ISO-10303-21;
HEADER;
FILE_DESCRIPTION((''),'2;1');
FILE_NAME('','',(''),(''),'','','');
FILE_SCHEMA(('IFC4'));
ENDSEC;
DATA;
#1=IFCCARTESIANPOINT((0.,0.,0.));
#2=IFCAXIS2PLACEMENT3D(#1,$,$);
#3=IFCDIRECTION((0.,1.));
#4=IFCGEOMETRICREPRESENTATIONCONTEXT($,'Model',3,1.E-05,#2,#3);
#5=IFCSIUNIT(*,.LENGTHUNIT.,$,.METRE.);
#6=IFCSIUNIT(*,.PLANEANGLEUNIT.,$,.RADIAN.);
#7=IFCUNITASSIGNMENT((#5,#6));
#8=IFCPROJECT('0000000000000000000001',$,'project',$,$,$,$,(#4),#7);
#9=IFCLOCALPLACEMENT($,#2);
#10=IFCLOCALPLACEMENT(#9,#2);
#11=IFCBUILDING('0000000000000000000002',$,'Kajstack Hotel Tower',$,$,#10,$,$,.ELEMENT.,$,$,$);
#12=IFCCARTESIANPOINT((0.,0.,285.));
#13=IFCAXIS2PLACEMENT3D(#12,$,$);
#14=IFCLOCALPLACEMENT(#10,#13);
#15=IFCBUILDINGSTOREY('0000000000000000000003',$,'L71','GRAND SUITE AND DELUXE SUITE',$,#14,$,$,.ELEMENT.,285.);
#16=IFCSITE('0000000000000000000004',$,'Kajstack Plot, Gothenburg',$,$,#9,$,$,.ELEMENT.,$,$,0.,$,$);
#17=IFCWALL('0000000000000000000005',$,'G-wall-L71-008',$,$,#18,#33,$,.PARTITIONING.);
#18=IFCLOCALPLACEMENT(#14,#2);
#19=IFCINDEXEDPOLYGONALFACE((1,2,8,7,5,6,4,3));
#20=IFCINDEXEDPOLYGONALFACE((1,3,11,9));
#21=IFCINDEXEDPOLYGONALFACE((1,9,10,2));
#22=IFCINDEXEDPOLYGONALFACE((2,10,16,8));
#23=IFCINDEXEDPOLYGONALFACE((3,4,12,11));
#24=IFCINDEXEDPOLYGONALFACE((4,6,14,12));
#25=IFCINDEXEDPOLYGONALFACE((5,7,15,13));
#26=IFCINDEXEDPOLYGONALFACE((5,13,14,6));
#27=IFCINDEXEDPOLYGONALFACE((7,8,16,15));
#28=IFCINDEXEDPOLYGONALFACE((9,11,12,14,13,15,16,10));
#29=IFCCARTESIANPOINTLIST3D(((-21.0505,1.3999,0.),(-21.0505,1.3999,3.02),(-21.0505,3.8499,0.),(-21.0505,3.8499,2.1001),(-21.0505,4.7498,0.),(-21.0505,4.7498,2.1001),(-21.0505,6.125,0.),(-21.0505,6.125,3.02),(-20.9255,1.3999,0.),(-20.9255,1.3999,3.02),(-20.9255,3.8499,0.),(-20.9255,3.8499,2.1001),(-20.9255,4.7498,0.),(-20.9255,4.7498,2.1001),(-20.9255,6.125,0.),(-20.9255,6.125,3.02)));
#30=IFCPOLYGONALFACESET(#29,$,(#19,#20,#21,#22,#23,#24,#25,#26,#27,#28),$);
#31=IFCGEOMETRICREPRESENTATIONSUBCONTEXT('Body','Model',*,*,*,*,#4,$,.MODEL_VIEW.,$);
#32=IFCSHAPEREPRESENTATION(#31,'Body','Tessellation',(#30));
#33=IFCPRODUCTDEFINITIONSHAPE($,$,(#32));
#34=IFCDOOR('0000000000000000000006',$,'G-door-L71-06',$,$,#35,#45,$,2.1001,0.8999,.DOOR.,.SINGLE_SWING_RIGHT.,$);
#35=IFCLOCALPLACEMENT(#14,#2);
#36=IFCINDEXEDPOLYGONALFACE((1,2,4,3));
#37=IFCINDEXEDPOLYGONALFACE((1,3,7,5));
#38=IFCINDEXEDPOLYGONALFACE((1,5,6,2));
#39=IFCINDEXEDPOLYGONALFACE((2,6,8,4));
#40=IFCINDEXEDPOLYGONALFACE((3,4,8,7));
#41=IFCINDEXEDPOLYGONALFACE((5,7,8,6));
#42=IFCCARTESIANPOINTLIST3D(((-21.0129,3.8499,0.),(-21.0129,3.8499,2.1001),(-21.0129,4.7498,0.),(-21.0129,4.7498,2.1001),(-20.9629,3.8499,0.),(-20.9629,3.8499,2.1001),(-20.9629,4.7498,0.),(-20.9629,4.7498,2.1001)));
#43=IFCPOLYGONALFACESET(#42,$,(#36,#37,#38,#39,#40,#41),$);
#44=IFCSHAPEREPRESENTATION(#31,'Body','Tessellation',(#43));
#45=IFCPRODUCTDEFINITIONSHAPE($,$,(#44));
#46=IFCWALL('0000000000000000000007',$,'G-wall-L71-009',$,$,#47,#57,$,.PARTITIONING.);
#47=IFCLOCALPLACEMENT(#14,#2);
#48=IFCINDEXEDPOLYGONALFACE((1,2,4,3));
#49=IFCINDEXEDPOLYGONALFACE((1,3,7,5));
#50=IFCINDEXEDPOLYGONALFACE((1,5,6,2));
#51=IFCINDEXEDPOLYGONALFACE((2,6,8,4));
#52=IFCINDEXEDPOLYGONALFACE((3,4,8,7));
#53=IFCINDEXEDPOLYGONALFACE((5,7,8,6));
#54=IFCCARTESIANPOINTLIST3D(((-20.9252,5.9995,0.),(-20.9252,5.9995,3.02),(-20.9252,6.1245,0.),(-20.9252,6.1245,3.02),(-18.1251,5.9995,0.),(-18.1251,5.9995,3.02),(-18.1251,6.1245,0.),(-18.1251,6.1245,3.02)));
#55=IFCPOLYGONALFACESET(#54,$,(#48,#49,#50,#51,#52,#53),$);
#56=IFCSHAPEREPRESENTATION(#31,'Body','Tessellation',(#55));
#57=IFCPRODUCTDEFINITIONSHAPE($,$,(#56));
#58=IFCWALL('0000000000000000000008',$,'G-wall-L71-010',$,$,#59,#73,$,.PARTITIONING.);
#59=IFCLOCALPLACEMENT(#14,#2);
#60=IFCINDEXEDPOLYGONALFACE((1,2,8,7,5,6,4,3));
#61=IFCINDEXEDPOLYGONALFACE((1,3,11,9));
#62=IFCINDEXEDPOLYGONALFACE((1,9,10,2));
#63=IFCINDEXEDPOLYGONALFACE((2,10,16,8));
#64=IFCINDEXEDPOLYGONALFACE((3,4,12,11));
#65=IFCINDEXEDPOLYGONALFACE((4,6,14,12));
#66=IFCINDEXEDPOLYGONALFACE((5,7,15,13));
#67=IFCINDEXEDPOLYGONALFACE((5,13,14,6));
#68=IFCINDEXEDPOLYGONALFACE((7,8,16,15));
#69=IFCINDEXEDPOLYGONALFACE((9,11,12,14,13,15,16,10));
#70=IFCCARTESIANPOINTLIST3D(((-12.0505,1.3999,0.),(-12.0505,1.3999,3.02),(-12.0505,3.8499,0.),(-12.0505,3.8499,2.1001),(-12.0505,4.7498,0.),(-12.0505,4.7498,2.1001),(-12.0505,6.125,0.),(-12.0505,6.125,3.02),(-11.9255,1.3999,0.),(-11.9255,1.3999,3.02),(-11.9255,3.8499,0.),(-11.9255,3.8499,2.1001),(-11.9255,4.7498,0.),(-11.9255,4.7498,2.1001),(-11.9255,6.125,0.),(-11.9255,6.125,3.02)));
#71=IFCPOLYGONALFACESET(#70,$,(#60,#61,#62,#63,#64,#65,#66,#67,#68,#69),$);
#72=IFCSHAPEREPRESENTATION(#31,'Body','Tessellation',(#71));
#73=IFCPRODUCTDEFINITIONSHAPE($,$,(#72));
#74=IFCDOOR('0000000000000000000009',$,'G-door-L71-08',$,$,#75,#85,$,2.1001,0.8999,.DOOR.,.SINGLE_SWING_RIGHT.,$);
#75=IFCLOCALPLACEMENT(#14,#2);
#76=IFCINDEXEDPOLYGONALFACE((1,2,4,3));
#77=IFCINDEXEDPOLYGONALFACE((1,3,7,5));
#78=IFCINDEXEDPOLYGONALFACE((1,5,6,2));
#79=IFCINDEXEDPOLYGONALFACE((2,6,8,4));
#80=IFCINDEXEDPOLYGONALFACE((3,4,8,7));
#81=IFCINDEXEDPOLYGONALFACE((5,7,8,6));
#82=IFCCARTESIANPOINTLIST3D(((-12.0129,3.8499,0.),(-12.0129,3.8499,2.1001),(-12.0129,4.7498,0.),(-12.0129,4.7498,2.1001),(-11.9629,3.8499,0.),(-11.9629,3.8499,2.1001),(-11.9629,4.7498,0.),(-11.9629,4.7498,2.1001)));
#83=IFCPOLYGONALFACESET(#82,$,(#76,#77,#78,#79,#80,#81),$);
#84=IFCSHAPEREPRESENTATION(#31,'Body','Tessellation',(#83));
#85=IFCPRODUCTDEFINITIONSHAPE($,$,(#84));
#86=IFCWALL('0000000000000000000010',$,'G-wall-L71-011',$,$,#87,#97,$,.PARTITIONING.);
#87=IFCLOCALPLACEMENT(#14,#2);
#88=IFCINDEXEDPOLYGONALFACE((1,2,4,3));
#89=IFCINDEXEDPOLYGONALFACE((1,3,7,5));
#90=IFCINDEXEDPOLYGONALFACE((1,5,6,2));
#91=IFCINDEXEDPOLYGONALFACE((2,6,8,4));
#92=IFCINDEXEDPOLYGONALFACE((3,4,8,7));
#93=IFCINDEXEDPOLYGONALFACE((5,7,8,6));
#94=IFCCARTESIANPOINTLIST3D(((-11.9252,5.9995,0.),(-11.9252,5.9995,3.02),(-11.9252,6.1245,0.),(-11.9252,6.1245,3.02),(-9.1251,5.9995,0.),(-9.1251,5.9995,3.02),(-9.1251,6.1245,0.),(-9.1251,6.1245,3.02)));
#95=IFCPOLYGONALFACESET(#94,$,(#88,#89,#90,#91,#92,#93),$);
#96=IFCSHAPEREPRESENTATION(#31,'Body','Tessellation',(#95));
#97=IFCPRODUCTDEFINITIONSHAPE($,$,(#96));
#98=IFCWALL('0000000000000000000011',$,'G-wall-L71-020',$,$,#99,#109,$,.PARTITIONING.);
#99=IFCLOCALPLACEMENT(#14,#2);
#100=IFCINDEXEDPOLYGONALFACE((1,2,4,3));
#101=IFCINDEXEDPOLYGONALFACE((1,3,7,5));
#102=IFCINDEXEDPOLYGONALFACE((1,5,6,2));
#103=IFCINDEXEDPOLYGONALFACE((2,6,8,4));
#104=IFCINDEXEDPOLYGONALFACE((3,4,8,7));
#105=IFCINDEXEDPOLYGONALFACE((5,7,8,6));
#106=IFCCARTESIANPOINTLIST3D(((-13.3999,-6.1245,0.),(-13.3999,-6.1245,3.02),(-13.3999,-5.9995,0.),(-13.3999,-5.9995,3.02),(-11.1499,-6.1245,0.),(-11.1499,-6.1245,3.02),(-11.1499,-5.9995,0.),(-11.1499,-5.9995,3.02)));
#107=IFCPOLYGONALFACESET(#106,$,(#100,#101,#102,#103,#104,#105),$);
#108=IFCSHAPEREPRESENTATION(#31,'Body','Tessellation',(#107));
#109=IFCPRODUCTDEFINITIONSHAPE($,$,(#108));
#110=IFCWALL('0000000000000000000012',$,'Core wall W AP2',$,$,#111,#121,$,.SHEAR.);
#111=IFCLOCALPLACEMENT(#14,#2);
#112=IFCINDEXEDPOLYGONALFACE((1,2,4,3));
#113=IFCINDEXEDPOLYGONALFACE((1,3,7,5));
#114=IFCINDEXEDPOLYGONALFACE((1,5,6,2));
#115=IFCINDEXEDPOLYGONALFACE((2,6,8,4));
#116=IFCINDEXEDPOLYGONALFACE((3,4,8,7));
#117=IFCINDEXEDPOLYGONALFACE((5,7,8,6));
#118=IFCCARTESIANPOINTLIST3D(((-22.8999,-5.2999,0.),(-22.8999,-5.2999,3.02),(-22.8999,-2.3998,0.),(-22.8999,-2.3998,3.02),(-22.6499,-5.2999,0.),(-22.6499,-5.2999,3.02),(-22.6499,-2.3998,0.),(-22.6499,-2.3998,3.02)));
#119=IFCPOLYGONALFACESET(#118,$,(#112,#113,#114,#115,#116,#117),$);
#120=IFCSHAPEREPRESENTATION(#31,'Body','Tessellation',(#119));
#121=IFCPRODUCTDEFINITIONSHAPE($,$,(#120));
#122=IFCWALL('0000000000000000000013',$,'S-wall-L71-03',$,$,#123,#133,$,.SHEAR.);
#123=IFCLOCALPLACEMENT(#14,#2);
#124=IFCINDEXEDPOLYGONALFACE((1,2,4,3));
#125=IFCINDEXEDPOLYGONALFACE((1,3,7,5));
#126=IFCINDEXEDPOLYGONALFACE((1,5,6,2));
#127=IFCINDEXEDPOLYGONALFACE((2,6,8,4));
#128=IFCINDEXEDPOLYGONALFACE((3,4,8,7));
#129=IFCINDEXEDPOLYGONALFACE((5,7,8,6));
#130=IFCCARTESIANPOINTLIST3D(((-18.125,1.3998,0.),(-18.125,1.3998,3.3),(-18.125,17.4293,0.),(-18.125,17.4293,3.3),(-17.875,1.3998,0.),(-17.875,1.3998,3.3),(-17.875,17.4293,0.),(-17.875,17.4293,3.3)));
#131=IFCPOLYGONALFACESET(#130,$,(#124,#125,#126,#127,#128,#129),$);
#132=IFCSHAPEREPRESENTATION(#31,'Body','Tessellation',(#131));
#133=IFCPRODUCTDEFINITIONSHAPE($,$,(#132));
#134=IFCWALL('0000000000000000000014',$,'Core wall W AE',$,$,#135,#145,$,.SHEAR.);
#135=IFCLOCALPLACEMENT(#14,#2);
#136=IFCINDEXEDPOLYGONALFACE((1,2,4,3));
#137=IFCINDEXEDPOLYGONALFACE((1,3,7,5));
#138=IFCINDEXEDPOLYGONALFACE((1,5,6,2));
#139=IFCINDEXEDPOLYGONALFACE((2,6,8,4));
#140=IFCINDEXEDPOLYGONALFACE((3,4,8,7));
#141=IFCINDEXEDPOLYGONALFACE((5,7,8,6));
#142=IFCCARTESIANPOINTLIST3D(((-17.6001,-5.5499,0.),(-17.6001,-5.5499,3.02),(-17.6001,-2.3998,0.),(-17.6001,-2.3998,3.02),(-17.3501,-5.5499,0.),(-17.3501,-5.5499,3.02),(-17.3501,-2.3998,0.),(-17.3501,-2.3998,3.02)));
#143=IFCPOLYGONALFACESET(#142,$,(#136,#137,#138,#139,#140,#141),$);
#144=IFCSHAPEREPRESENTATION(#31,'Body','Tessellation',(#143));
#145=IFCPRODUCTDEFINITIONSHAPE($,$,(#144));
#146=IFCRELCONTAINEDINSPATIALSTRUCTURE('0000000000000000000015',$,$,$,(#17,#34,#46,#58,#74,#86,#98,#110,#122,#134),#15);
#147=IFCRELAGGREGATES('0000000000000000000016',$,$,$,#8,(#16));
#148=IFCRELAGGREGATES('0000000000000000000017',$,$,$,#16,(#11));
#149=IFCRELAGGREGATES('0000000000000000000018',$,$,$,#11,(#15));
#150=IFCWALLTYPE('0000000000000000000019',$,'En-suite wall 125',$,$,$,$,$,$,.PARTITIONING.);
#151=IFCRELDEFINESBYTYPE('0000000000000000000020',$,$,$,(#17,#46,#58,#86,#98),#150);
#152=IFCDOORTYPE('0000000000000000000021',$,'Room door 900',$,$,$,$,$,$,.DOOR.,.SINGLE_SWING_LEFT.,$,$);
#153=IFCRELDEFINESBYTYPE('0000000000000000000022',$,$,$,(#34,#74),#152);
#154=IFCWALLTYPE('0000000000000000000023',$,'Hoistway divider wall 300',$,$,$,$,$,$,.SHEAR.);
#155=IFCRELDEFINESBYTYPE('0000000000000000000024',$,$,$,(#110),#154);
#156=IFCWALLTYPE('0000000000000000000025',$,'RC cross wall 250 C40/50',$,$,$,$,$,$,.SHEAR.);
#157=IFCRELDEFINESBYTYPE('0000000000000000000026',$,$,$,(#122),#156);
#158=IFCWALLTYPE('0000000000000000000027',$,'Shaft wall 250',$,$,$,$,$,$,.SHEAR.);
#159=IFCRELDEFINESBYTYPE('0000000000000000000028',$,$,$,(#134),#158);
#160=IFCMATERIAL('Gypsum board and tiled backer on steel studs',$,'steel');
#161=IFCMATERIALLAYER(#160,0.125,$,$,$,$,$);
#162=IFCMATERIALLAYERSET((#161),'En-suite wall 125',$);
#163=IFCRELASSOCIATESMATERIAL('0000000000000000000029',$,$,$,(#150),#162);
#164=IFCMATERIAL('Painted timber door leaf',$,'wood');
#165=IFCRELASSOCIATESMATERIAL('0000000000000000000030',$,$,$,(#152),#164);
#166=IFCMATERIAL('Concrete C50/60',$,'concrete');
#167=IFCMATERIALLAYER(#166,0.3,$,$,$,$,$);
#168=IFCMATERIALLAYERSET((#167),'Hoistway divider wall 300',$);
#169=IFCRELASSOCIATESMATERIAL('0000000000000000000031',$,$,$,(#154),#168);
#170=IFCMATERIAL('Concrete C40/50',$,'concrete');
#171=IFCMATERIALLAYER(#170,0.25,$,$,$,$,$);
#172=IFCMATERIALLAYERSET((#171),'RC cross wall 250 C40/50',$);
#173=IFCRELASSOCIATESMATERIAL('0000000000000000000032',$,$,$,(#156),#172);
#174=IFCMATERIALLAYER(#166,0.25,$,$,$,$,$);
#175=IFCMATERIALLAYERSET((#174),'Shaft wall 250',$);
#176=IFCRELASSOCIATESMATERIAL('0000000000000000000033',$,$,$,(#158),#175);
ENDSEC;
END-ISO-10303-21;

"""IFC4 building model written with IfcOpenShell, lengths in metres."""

from ifc_helpers import new_model, si_unit, direction, frame, frame_2d, origin, place, context, subcontext, project, spatial, rectangle, extrude, material, layer, layer_set, type_object, element, fill, save


model = new_model("IFC4")

# Units and contexts
model_context = context("Model", 3, precision=1e-05, world=origin(), true_north=direction((0.0, 1.0)))
body_context = subcontext(model_context, "Body", "Model", "MODEL_VIEW")
ifc_project = project(units=[si_unit("LENGTHUNIT", "METRE"), si_unit("PLANEANGLEUNIT", "RADIAN")], contexts=[model_context])

# Site, building, storey
site_placement = place(None, origin())
site = spatial("IfcSite", under=ifc_project, at=site_placement, Name="Kajstack Plot, Gothenburg", CompositionType="ELEMENT", RefElevation=0.0)
building_placement = place(site_placement, origin())
building = spatial("IfcBuilding", under=site, at=building_placement, Name="Kajstack Hotel Tower", CompositionType="ELEMENT")
storey_placement = place(building_placement, frame((0.0, 0.0, 285.0)))
storey = spatial("IfcBuildingStorey", under=building, at=storey_placement, Name="L71", Description="GRAND SUITE AND DELUXE SUITE", CompositionType="ELEMENT", Elevation=285.0)

# Wall, opening, door
ifc_material_1 = material(Name="Gypsum board and tiled backer on steel studs", Category="steel")
ifc_layer_1 = layer(ifc_material_1, 0.125)
ifc_layer_set_1 = layer_set([ifc_layer_1], Name="En-suite wall 125")
wall_type_1 = type_object("IfcWallType", Name="En-suite wall 125", PredefinedType="PARTITIONING", material=ifc_layer_set_1)
wall_1_placement = place(storey_placement, frame((-20.988, 1.3999, 0.0), z_axis=(0.0, 0.0, 1.0), x_axis=(0.0, 1.0, 0.0)))
wall_1 = element("IfcWall", 1, at=wall_1_placement, inside=storey, type_object=wall_type_1, Name="G-wall-L71-008", PredefinedType="PARTITIONING", context=body_context, shape_type="SweptSolid", body=[
    extrude(rectangle(XDim=4.7251, YDim=0.125, at=frame_2d((2.3625, 0.0))), origin(), (0.0, 0.0, 1.0), 3.02),
])
opening_1_placement = place(wall_1_placement, frame((2.45, 0.0, 0.0)))
opening_1 = element("IfcOpeningElement", 2, at=opening_1_placement, cuts=wall_1, PredefinedType="OPENING", context=body_context, shape_type="SweptSolid", body=[
    extrude(rectangle(XDim=0.8999, YDim=2.1001, at=frame_2d((0.45, 1.05))), frame((0.0, 0.0725, 0.0), z_axis=(0.0, -1.0, 0.0), x_axis=(1.0, 0.0, 0.0)), (0.0, 0.0, 1.0), 0.145),
])
ifc_material_2 = material(Name="Painted timber door leaf", Category="wood")
door_type_1 = type_object("IfcDoorType", Name="Room door 900", OperationType="SINGLE_SWING_LEFT", PredefinedType="DOOR", material=ifc_material_2)
door_1_placement = place(opening_1_placement, origin())
door_1 = element("IfcDoor", 3, at=door_1_placement, inside=storey, type_object=door_type_1, Name="G-door-L71-06", OperationType="SINGLE_SWING_RIGHT", OverallHeight=2.1001, OverallWidth=0.8999, PredefinedType="DOOR", context=body_context, shape_type="SweptSolid", body=[
    extrude(rectangle(XDim=0.8999, YDim=2.1001, at=frame_2d((0.45, 1.05))), frame((0.0, 0.0249, 0.0), z_axis=(0.0, -1.0, 0.0), x_axis=(1.0, 0.0, 0.0)), (0.0, 0.0, 1.0), 0.05),
])
fill(opening_1, door_1)

# Wall
wall_2_placement = place(storey_placement, frame((-20.925, 6.062, 0.0), z_axis=(0.0, 0.0, 1.0), x_axis=(1.0, 0.0, 0.0)))
element("IfcWall", 4, at=wall_2_placement, inside=storey, type_object=wall_type_1, Name="G-wall-L71-009", PredefinedType="PARTITIONING", context=body_context, shape_type="SweptSolid", body=[
    extrude(rectangle(XDim=2.8, YDim=0.125, at=frame_2d((1.3999, 0.0))), origin(), (0.0, 0.0, 1.0), 3.02),
])

# Wall, opening, door
wall_3_placement = place(storey_placement, frame((-11.988, 1.3999, 0.0), z_axis=(0.0, 0.0, 1.0), x_axis=(0.0, 1.0, 0.0)))
wall_3 = element("IfcWall", 5, at=wall_3_placement, inside=storey, type_object=wall_type_1, Name="G-wall-L71-010", PredefinedType="PARTITIONING", context=body_context, shape_type="SweptSolid", body=[
    extrude(rectangle(XDim=4.7251, YDim=0.125, at=frame_2d((2.3625, 0.0))), origin(), (0.0, 0.0, 1.0), 3.02),
])
opening_2_placement = place(wall_3_placement, frame((2.45, 0.0, 0.0)))
opening_2 = element("IfcOpeningElement", 6, at=opening_2_placement, cuts=wall_3, PredefinedType="OPENING", context=body_context, shape_type="SweptSolid", body=[
    extrude(rectangle(XDim=0.8999, YDim=2.1001, at=frame_2d((0.45, 1.05))), frame((0.0, 0.0725, 0.0), z_axis=(0.0, -1.0, 0.0), x_axis=(1.0, 0.0, 0.0)), (0.0, 0.0, 1.0), 0.145),
])
door_2_placement = place(opening_2_placement, origin())
door_2 = element("IfcDoor", 7, at=door_2_placement, inside=storey, type_object=door_type_1, Name="G-door-L71-08", OperationType="SINGLE_SWING_RIGHT", OverallHeight=2.1001, OverallWidth=0.8999, PredefinedType="DOOR", context=body_context, shape_type="SweptSolid", body=[
    extrude(rectangle(XDim=0.8999, YDim=2.1001, at=frame_2d((0.45, 1.05))), frame((0.0, 0.0249, 0.0), z_axis=(0.0, -1.0, 0.0), x_axis=(1.0, 0.0, 0.0)), (0.0, 0.0, 1.0), 0.05),
])
fill(opening_2, door_2)

# Walls
wall_4_placement = place(storey_placement, frame((-11.925, 6.062, 0.0), z_axis=(0.0, 0.0, 1.0), x_axis=(1.0, 0.0, 0.0)))
element("IfcWall", 8, at=wall_4_placement, inside=storey, type_object=wall_type_1, Name="G-wall-L71-011", PredefinedType="PARTITIONING", context=body_context, shape_type="SweptSolid", body=[
    extrude(rectangle(XDim=2.8, YDim=0.125, at=frame_2d((1.3999, 0.0))), origin(), (0.0, 0.0, 1.0), 3.02),
])
wall_5_placement = place(storey_placement, frame((-13.3999, -6.062, 0.0), z_axis=(0.0, 0.0, 1.0), x_axis=(1.0, 0.0, 0.0)))
element("IfcWall", 9, at=wall_5_placement, inside=storey, type_object=wall_type_1, Name="G-wall-L71-020", PredefinedType="PARTITIONING", context=body_context, shape_type="SweptSolid", body=[
    extrude(rectangle(XDim=2.25, YDim=0.125, at=frame_2d((1.125, 0.0))), origin(), (0.0, 0.0, 1.0), 3.02),
])
ifc_material_3 = material(Name="Concrete C50/60", Category="concrete")
ifc_layer_2 = layer(ifc_material_3, 0.3)
ifc_layer_set_2 = layer_set([ifc_layer_2], Name="Hoistway divider wall 300")
wall_type_2 = type_object("IfcWallType", Name="Hoistway divider wall 300", PredefinedType="SHEAR", material=ifc_layer_set_2)
wall_6_placement = place(storey_placement, frame((-22.7749, -5.3, 0.0), z_axis=(0.0, 0.0, 1.0), x_axis=(0.0, 1.0, 0.0)))
element("IfcWall", 10, at=wall_6_placement, inside=storey, type_object=wall_type_2, Name="Core wall W AP2", PredefinedType="SHEAR", context=body_context, shape_type="SweptSolid", body=[
    extrude(rectangle(XDim=2.9001, YDim=0.25, at=frame_2d((1.4502, 0.0))), origin(), (0.0, 0.0, 1.0), 3.02),
])
ifc_material_4 = material(Name="Concrete C40/50", Category="concrete")
ifc_layer_3 = layer(ifc_material_4, 0.25)
ifc_layer_set_3 = layer_set([ifc_layer_3], Name="RC cross wall 250 C40/50")
wall_type_3 = type_object("IfcWallType", Name="RC cross wall 250 C40/50", PredefinedType="SHEAR", material=ifc_layer_set_3)
wall_7_placement = place(storey_placement, frame((-18.0, 1.3999, 0.0), z_axis=(0.0, 0.0, 1.0), x_axis=(0.0, 1.0, 0.0)))
element("IfcWall", 11, at=wall_7_placement, inside=storey, type_object=wall_type_3, Name="S-wall-L71-03", PredefinedType="SHEAR", context=body_context, shape_type="SweptSolid", body=[
    extrude(rectangle(XDim=16.0295, YDim=0.25, at=frame_2d((8.0146, 0.0))), origin(), (0.0, 0.0, 1.0), 3.3),
])
ifc_layer_4 = layer(ifc_material_3, 0.25)
ifc_layer_set_4 = layer_set([ifc_layer_4], Name="Shaft wall 250")
wall_type_4 = type_object("IfcWallType", Name="Shaft wall 250", PredefinedType="SHEAR", material=ifc_layer_set_4)
wall_8_placement = place(storey_placement, frame((-17.4751, -5.55, 0.0), z_axis=(0.0, 0.0, 1.0), x_axis=(0.0, 1.0, 0.0)))
element("IfcWall", 12, at=wall_8_placement, inside=storey, type_object=wall_type_4, Name="Core wall W AE", PredefinedType="SHEAR", context=body_context, shape_type="SweptSolid", body=[
    extrude(rectangle(XDim=3.1501, YDim=0.25, at=frame_2d((1.5752, 0.0))), origin(), (0.0, 0.0, 1.0), 3.02),
])

save(model, "model.ifc")
